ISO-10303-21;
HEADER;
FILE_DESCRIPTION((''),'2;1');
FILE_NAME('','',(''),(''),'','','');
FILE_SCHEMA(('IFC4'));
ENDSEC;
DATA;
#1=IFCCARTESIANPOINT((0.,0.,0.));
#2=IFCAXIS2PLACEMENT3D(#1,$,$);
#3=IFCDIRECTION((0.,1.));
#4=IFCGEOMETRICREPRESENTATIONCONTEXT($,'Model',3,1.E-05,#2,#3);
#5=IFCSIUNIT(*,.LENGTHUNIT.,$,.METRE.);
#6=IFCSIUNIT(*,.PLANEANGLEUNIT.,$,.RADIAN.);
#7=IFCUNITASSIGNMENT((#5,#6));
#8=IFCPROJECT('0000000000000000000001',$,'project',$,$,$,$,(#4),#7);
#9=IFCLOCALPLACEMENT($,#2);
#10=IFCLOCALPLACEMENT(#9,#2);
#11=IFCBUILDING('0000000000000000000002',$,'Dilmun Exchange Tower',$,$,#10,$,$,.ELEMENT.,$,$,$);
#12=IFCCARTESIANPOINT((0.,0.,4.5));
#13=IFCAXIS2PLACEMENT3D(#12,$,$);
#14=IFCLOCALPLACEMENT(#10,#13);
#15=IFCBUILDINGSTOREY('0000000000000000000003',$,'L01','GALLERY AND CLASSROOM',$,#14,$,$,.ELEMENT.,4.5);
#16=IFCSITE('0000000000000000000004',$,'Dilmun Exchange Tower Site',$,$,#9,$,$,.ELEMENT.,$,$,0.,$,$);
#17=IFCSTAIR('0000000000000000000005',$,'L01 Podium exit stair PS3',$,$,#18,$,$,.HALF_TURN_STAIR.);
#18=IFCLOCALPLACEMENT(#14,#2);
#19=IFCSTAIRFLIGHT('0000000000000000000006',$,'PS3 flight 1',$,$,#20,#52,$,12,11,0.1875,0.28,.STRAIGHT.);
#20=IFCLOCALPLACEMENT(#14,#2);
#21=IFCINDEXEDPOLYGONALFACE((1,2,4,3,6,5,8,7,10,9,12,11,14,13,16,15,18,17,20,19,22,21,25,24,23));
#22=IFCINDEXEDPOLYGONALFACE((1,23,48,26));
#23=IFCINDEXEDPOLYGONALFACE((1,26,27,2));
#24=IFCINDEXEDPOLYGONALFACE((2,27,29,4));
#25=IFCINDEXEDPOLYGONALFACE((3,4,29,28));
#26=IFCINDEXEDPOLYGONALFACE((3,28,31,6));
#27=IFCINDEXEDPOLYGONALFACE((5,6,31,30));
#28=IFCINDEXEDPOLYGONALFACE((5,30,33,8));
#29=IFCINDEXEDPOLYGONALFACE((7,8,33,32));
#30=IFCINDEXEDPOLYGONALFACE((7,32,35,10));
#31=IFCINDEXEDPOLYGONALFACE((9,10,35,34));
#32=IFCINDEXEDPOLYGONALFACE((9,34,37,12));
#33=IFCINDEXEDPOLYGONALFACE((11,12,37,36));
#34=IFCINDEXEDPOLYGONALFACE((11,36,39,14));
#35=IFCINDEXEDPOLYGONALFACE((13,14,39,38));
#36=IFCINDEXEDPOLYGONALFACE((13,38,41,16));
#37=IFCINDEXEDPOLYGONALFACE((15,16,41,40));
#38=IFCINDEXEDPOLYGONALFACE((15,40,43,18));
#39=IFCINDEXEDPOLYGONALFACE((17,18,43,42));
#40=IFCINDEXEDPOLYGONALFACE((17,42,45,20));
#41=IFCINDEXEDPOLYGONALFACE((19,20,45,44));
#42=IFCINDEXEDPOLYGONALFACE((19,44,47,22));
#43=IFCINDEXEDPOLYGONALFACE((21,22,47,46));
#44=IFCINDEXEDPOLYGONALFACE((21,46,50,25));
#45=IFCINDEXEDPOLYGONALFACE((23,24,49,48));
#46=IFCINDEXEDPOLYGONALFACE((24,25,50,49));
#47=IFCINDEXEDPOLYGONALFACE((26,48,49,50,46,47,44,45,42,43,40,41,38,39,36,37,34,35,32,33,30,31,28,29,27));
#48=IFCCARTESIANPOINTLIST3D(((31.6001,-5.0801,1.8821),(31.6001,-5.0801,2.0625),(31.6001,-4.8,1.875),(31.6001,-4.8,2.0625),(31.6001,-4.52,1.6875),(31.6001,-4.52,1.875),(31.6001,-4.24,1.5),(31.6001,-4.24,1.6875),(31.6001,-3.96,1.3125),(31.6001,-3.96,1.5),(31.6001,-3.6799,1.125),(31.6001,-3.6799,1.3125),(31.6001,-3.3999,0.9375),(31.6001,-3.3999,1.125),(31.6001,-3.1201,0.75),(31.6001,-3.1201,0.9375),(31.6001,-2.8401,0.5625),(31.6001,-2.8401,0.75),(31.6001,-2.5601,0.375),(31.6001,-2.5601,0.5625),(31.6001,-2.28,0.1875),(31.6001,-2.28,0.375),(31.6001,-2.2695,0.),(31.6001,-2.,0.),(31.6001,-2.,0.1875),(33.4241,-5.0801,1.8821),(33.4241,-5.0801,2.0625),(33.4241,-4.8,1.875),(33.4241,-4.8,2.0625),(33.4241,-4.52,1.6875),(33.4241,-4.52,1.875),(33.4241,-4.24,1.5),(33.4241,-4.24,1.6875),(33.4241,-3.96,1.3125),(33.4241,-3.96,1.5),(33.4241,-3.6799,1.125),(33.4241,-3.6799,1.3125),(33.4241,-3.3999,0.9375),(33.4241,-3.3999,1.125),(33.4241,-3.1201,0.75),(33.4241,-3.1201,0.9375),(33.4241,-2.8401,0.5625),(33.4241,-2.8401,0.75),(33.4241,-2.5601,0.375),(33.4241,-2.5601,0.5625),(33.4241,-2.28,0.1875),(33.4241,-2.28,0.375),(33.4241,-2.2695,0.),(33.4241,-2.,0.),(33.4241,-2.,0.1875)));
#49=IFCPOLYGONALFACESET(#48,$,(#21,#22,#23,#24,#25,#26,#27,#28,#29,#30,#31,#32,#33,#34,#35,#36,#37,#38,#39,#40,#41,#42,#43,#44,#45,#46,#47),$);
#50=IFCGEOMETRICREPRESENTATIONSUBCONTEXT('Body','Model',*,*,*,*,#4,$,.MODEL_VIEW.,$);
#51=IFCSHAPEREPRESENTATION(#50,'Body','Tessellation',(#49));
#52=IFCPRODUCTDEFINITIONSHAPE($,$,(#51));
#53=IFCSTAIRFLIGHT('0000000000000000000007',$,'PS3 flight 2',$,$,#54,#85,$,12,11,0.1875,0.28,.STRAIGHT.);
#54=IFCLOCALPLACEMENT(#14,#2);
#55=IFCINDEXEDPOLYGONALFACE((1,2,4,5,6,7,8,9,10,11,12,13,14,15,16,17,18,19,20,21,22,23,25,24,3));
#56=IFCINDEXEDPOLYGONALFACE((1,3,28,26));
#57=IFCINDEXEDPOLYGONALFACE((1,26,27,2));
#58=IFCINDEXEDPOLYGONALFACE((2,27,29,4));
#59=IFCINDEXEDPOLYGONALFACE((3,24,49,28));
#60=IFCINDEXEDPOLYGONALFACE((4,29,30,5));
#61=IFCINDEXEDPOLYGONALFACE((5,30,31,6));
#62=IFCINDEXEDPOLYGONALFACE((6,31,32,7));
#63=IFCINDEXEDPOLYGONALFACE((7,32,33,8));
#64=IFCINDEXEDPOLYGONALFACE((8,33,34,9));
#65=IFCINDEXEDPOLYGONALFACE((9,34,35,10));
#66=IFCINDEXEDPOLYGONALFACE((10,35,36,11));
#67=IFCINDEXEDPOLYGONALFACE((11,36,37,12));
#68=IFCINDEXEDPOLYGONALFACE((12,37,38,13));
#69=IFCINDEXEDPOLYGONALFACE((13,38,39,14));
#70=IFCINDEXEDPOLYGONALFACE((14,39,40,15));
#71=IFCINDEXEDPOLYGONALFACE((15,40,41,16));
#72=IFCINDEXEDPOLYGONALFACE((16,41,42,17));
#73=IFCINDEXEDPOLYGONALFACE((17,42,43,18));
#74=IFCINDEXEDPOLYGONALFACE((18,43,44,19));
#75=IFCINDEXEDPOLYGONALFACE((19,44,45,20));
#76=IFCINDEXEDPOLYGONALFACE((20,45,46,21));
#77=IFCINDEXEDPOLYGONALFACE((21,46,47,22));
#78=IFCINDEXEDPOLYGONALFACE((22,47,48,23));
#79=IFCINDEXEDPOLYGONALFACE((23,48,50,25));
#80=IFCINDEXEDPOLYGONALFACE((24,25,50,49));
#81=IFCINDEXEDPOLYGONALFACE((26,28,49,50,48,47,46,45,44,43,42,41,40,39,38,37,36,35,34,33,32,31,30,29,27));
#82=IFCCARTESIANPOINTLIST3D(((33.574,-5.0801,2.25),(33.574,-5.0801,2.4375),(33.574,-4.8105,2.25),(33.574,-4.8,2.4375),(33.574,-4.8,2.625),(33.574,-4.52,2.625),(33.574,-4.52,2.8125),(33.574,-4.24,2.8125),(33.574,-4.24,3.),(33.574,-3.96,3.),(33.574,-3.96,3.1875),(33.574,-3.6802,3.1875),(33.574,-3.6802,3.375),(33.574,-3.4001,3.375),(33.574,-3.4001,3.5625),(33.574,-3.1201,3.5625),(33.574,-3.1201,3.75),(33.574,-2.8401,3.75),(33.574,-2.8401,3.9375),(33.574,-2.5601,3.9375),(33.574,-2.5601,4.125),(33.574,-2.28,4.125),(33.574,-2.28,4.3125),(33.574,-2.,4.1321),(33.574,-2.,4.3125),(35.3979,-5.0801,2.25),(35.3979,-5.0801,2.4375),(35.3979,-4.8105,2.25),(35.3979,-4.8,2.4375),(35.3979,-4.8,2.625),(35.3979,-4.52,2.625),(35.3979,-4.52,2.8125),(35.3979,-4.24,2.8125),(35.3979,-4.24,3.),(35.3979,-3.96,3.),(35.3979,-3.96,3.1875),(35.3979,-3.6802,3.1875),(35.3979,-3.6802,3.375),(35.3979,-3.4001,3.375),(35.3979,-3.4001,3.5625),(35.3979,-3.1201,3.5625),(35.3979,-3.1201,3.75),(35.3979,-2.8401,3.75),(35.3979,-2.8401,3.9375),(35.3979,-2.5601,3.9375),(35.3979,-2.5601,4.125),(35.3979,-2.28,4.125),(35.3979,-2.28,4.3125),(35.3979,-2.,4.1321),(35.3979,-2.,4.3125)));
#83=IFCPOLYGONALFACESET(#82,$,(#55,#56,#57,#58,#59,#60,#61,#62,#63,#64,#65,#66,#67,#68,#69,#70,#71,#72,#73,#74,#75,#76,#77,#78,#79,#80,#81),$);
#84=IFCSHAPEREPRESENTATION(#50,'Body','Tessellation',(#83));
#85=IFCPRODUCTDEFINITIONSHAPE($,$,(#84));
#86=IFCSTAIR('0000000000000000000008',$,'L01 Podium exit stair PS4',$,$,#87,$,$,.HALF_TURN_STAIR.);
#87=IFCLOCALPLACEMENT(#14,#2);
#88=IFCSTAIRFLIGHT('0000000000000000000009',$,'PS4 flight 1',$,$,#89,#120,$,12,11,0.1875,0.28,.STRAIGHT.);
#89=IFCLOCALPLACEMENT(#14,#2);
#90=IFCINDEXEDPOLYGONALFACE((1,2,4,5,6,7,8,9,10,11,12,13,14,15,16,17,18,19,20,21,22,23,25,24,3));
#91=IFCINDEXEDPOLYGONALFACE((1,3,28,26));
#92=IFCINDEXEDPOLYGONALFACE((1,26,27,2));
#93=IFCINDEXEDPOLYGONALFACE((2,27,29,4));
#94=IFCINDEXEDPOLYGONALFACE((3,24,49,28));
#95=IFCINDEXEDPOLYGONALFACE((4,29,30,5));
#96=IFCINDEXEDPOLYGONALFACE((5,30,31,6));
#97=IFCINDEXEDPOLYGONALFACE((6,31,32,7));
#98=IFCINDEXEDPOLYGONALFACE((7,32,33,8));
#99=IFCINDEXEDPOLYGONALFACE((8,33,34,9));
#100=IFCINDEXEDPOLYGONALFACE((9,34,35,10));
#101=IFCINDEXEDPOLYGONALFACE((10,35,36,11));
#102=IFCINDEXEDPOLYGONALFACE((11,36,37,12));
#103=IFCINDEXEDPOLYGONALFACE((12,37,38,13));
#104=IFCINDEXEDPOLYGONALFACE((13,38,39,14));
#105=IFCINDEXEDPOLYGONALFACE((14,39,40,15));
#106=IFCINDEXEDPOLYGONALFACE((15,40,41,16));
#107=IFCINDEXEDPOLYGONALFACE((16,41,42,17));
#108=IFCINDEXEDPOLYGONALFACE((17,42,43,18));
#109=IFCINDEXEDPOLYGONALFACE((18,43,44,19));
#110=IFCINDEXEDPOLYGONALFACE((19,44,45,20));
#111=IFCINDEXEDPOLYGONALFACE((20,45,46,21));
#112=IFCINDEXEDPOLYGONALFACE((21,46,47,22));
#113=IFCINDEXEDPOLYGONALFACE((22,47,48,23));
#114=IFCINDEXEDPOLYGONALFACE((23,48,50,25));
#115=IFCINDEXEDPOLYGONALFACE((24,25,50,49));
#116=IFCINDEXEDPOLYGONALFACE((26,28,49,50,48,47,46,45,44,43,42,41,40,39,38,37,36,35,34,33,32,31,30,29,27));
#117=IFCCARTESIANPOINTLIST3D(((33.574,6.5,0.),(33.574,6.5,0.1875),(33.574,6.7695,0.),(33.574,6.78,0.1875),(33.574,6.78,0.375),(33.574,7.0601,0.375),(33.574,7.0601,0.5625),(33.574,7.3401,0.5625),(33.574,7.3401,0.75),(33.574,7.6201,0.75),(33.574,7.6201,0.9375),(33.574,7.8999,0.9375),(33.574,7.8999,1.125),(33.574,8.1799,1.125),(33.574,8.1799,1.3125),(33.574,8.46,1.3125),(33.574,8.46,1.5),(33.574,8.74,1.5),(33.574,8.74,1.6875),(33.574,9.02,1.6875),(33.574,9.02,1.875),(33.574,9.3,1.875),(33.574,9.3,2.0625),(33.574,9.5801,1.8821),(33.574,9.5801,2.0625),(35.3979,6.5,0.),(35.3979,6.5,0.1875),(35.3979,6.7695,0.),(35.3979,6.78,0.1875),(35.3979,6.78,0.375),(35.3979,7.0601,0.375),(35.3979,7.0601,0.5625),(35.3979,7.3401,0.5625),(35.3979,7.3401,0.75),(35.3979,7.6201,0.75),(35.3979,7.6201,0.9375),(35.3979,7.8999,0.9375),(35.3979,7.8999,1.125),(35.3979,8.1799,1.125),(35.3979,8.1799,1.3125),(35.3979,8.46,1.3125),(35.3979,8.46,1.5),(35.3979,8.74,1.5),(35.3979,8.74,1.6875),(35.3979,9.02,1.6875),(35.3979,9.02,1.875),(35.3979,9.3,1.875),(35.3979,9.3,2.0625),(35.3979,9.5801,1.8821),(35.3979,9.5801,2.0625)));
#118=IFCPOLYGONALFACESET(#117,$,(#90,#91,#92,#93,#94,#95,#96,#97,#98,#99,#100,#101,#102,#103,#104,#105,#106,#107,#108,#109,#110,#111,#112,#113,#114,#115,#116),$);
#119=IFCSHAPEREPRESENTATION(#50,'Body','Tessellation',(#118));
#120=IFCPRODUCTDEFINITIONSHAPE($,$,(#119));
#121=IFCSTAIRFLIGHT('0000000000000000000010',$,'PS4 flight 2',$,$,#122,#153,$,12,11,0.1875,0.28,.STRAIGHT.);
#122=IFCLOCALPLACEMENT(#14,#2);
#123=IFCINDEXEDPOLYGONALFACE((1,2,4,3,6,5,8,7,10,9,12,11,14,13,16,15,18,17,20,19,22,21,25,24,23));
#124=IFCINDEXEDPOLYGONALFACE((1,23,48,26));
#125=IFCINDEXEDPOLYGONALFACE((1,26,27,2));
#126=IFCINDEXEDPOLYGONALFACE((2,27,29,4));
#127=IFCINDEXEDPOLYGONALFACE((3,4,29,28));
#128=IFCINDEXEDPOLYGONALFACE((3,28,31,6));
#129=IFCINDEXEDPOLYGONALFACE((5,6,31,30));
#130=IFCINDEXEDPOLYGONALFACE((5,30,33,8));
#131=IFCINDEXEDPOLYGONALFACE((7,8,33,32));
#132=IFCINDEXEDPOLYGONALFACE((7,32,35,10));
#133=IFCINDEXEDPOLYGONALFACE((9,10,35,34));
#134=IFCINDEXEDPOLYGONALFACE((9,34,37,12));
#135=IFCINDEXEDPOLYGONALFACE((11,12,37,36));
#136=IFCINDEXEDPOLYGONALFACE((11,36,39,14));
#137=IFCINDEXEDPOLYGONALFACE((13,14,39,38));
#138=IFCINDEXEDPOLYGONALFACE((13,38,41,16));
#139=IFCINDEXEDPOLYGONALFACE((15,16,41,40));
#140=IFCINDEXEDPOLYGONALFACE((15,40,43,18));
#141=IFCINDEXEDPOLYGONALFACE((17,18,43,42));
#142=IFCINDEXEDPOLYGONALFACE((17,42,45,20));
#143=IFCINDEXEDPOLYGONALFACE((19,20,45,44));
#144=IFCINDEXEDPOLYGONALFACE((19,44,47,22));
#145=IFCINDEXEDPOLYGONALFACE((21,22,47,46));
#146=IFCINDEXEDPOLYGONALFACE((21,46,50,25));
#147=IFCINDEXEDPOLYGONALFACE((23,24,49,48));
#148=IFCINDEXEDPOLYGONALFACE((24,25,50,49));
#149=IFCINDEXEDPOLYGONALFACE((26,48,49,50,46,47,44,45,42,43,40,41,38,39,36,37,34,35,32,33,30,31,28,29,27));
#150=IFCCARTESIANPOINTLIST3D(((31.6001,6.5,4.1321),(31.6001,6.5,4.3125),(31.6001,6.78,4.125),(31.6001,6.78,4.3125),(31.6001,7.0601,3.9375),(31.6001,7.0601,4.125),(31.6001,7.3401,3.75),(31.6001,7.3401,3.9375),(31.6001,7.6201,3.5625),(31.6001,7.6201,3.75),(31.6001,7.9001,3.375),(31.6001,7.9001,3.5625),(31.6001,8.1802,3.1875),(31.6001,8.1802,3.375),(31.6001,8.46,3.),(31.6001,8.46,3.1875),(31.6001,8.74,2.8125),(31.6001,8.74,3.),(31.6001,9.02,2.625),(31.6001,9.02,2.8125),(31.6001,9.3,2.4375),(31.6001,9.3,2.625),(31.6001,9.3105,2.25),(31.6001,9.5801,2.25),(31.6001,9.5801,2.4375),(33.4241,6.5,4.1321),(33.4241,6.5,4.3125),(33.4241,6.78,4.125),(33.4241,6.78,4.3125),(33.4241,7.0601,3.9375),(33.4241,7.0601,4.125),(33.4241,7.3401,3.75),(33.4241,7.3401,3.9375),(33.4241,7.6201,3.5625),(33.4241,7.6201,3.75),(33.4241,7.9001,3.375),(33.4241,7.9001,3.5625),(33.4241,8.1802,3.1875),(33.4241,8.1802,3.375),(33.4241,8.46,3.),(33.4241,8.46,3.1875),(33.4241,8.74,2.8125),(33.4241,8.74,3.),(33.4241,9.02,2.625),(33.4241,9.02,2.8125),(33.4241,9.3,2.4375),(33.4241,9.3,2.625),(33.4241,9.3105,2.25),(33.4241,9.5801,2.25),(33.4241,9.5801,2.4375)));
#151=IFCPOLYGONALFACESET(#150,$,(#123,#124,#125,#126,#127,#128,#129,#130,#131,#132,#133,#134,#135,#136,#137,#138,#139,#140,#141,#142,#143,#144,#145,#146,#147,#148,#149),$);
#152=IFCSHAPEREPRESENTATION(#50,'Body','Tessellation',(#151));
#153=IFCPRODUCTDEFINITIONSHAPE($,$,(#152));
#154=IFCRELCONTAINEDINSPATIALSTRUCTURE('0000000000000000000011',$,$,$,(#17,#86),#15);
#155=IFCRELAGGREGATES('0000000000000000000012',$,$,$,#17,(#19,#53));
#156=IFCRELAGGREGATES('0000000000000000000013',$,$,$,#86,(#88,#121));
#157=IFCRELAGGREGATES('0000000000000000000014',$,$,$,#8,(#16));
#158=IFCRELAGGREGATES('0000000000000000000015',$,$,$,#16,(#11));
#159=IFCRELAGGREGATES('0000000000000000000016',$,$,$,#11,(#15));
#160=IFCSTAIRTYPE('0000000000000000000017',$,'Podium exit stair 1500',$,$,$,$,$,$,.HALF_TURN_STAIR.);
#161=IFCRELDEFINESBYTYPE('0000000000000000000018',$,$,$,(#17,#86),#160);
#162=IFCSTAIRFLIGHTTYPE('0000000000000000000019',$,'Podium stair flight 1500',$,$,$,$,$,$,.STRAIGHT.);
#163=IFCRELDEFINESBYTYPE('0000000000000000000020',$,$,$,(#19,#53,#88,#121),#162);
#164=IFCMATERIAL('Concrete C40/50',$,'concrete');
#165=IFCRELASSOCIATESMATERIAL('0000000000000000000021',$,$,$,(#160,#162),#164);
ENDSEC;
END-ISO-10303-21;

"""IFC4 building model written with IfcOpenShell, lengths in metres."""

from ifc_helpers import new_model, si_unit, direction, frame, origin, place, context, subcontext, project, spatial, polyline, outline, extrude, material, type_object, element, aggregate, save


model = new_model("IFC4")

# Units and contexts
model_context = context("Model", 3, precision=1e-05, world=origin(), true_north=direction((0.0, 1.0)))
body_context = subcontext(model_context, "Body", "Model", "MODEL_VIEW")
ifc_project = project(units=[si_unit("LENGTHUNIT", "METRE"), si_unit("PLANEANGLEUNIT", "RADIAN")], contexts=[model_context])

# Site, building, storey
site_placement = place(None, origin())
site = spatial("IfcSite", under=ifc_project, at=site_placement, Name="Dilmun Exchange Tower Site", CompositionType="ELEMENT", RefElevation=0.0)
building_placement = place(site_placement, origin())
building = spatial("IfcBuilding", under=site, at=building_placement, Name="Dilmun Exchange Tower", CompositionType="ELEMENT")
storey_placement = place(building_placement, frame((0.0, 0.0, 4.5)))
storey = spatial("IfcBuildingStorey", under=building, at=storey_placement, Name="L01", Description="GALLERY AND CLASSROOM", CompositionType="ELEMENT", Elevation=4.5)

# Stairs, stair flights
ifc_material_1 = material(Name="Concrete C40/50", Category="concrete")
stair_type = type_object("IfcStairType", Name="Podium exit stair 1500", PredefinedType="HALF_TURN_STAIR", material=ifc_material_1)
stair_1_placement = place(storey_placement, origin())
stair_1 = element("IfcStair", 1, at=stair_1_placement, inside=storey, type_object=stair_type, Name="L01 Podium exit stair PS3", PredefinedType="HALF_TURN_STAIR")
stair_flight_type = type_object("IfcStairFlightType", Name="Podium stair flight 1500", PredefinedType="STRAIGHT", material=ifc_material_1)
stair_flight_1_placement = place(storey_placement, frame((32.512, -2.0, 0.0), z_axis=(0.0, 0.0, 1.0), x_axis=(0.0, -1.0, 0.0)))
stair_flight_1 = element("IfcStairFlight", 2, at=stair_flight_1_placement, type_object=stair_flight_type, Name="PS3 flight 1", NumberOfRisers=12, NumberOfTreads=11, PredefinedType="STRAIGHT", RiserHeight=0.1875, TreadLength=0.28, context=body_context, shape_type="SweptSolid", body=[
    extrude(outline(polyline([(0.0, 0.0), (0.0, 0.1875), (0.28, 0.1875), (0.28, 0.375), (0.5601, 0.375), (0.5601, 0.5625), (0.8401, 0.5625), (0.8401, 0.75), (1.1201, 0.75), (1.1201, 0.9375), (1.3999, 0.9375), (1.3999, 1.125), (1.6799, 1.125), (1.6799, 1.3125), (1.96, 1.3125), (1.96, 1.5), (2.24, 1.5), (2.24, 1.6875), (2.52, 1.6875), (2.52, 1.875), (2.8, 1.875), (2.8, 2.0625), (3.0801, 2.0625), (3.0801, 2.25), (3.0801, 1.8821), (0.2695, 0.0), (0.0, 0.0)])), frame((0.0, 0.9121, 0.0), z_axis=(0.0, -1.0, 0.0), x_axis=(1.0, 0.0, 0.0)), (0.0, 0.0, 1.0), 1.824),
])
stair_flight_2_placement = place(storey_placement, frame((34.4861, -5.0801, 2.25), z_axis=(0.0, 0.0, 1.0), x_axis=(0.0, 1.0, 0.0)))
stair_flight_2 = element("IfcStairFlight", 3, at=stair_flight_2_placement, type_object=stair_flight_type, Name="PS3 flight 2", NumberOfRisers=12, NumberOfTreads=11, PredefinedType="STRAIGHT", RiserHeight=0.1875, TreadLength=0.28, context=body_context, shape_type="SweptSolid", body=[
    extrude(outline(polyline([(0.0, 0.0), (0.0, 0.1875), (0.28, 0.1875), (0.28, 0.375), (0.5601, 0.375), (0.5601, 0.5625), (0.8401, 0.5625), (0.8401, 0.75), (1.1201, 0.75), (1.1201, 0.9375), (1.3999, 0.9375), (1.3999, 1.125), (1.6799, 1.125), (1.6799, 1.3125), (1.96, 1.3125), (1.96, 1.5), (2.24, 1.5), (2.24, 1.6875), (2.52, 1.6875), (2.52, 1.875), (2.8, 1.875), (2.8, 2.0625), (3.0801, 2.0625), (3.0801, 2.25), (3.0801, 1.8821), (0.2695, 0.0), (0.0, 0.0)])), frame((0.0, 0.9121, 0.0), z_axis=(0.0, -1.0, 0.0), x_axis=(1.0, 0.0, 0.0)), (0.0, 0.0, 1.0), 1.824),
])
aggregate(stair_1, [stair_flight_1, stair_flight_2])
stair_2_placement = place(storey_placement, origin())
stair_2 = element("IfcStair", 4, at=stair_2_placement, inside=storey, type_object=stair_type, Name="L01 Podium exit stair PS4", PredefinedType="HALF_TURN_STAIR")
stair_flight_3_placement = place(storey_placement, frame((34.4861, 6.5, 0.0), z_axis=(0.0, 0.0, 1.0), x_axis=(0.0, 1.0, 0.0)))
stair_flight_3 = element("IfcStairFlight", 5, at=stair_flight_3_placement, type_object=stair_flight_type, Name="PS4 flight 1", NumberOfRisers=12, NumberOfTreads=11, PredefinedType="STRAIGHT", RiserHeight=0.1875, TreadLength=0.28, context=body_context, shape_type="SweptSolid", body=[
    extrude(outline(polyline([(0.0, 0.0), (0.0, 0.1875), (0.28, 0.1875), (0.28, 0.375), (0.5601, 0.375), (0.5601, 0.5625), (0.8401, 0.5625), (0.8401, 0.75), (1.1201, 0.75), (1.1201, 0.9375), (1.3999, 0.9375), (1.3999, 1.125), (1.6799, 1.125), (1.6799, 1.3125), (1.96, 1.3125), (1.96, 1.5), (2.24, 1.5), (2.24, 1.6875), (2.52, 1.6875), (2.52, 1.875), (2.8, 1.875), (2.8, 2.0625), (3.0801, 2.0625), (3.0801, 2.25), (3.0801, 1.8821), (0.2695, 0.0), (0.0, 0.0)])), frame((0.0, 0.9121, 0.0), z_axis=(0.0, -1.0, 0.0), x_axis=(1.0, 0.0, 0.0)), (0.0, 0.0, 1.0), 1.824),
])
stair_flight_4_placement = place(storey_placement, frame((32.512, 9.5801, 2.25), z_axis=(0.0, 0.0, 1.0), x_axis=(0.0, -1.0, 0.0)))
stair_flight_4 = element("IfcStairFlight", 6, at=stair_flight_4_placement, type_object=stair_flight_type, Name="PS4 flight 2", NumberOfRisers=12, NumberOfTreads=11, PredefinedType="STRAIGHT", RiserHeight=0.1875, TreadLength=0.28, context=body_context, shape_type="SweptSolid", body=[
    extrude(outline(polyline([(0.0, 0.0), (0.0, 0.1875), (0.28, 0.1875), (0.28, 0.375), (0.5601, 0.375), (0.5601, 0.5625), (0.8401, 0.5625), (0.8401, 0.75), (1.1201, 0.75), (1.1201, 0.9375), (1.3999, 0.9375), (1.3999, 1.125), (1.6799, 1.125), (1.6799, 1.3125), (1.96, 1.3125), (1.96, 1.5), (2.24, 1.5), (2.24, 1.6875), (2.52, 1.6875), (2.52, 1.875), (2.8, 1.875), (2.8, 2.0625), (3.0801, 2.0625), (3.0801, 2.25), (3.0801, 1.8821), (0.2695, 0.0), (0.0, 0.0)])), frame((0.0, 0.9121, 0.0), z_axis=(0.0, -1.0, 0.0), x_axis=(1.0, 0.0, 0.0)), (0.0, 0.0, 1.0), 1.824),
])
aggregate(stair_2, [stair_flight_3, stair_flight_4])

save(model, "model.ifc")
